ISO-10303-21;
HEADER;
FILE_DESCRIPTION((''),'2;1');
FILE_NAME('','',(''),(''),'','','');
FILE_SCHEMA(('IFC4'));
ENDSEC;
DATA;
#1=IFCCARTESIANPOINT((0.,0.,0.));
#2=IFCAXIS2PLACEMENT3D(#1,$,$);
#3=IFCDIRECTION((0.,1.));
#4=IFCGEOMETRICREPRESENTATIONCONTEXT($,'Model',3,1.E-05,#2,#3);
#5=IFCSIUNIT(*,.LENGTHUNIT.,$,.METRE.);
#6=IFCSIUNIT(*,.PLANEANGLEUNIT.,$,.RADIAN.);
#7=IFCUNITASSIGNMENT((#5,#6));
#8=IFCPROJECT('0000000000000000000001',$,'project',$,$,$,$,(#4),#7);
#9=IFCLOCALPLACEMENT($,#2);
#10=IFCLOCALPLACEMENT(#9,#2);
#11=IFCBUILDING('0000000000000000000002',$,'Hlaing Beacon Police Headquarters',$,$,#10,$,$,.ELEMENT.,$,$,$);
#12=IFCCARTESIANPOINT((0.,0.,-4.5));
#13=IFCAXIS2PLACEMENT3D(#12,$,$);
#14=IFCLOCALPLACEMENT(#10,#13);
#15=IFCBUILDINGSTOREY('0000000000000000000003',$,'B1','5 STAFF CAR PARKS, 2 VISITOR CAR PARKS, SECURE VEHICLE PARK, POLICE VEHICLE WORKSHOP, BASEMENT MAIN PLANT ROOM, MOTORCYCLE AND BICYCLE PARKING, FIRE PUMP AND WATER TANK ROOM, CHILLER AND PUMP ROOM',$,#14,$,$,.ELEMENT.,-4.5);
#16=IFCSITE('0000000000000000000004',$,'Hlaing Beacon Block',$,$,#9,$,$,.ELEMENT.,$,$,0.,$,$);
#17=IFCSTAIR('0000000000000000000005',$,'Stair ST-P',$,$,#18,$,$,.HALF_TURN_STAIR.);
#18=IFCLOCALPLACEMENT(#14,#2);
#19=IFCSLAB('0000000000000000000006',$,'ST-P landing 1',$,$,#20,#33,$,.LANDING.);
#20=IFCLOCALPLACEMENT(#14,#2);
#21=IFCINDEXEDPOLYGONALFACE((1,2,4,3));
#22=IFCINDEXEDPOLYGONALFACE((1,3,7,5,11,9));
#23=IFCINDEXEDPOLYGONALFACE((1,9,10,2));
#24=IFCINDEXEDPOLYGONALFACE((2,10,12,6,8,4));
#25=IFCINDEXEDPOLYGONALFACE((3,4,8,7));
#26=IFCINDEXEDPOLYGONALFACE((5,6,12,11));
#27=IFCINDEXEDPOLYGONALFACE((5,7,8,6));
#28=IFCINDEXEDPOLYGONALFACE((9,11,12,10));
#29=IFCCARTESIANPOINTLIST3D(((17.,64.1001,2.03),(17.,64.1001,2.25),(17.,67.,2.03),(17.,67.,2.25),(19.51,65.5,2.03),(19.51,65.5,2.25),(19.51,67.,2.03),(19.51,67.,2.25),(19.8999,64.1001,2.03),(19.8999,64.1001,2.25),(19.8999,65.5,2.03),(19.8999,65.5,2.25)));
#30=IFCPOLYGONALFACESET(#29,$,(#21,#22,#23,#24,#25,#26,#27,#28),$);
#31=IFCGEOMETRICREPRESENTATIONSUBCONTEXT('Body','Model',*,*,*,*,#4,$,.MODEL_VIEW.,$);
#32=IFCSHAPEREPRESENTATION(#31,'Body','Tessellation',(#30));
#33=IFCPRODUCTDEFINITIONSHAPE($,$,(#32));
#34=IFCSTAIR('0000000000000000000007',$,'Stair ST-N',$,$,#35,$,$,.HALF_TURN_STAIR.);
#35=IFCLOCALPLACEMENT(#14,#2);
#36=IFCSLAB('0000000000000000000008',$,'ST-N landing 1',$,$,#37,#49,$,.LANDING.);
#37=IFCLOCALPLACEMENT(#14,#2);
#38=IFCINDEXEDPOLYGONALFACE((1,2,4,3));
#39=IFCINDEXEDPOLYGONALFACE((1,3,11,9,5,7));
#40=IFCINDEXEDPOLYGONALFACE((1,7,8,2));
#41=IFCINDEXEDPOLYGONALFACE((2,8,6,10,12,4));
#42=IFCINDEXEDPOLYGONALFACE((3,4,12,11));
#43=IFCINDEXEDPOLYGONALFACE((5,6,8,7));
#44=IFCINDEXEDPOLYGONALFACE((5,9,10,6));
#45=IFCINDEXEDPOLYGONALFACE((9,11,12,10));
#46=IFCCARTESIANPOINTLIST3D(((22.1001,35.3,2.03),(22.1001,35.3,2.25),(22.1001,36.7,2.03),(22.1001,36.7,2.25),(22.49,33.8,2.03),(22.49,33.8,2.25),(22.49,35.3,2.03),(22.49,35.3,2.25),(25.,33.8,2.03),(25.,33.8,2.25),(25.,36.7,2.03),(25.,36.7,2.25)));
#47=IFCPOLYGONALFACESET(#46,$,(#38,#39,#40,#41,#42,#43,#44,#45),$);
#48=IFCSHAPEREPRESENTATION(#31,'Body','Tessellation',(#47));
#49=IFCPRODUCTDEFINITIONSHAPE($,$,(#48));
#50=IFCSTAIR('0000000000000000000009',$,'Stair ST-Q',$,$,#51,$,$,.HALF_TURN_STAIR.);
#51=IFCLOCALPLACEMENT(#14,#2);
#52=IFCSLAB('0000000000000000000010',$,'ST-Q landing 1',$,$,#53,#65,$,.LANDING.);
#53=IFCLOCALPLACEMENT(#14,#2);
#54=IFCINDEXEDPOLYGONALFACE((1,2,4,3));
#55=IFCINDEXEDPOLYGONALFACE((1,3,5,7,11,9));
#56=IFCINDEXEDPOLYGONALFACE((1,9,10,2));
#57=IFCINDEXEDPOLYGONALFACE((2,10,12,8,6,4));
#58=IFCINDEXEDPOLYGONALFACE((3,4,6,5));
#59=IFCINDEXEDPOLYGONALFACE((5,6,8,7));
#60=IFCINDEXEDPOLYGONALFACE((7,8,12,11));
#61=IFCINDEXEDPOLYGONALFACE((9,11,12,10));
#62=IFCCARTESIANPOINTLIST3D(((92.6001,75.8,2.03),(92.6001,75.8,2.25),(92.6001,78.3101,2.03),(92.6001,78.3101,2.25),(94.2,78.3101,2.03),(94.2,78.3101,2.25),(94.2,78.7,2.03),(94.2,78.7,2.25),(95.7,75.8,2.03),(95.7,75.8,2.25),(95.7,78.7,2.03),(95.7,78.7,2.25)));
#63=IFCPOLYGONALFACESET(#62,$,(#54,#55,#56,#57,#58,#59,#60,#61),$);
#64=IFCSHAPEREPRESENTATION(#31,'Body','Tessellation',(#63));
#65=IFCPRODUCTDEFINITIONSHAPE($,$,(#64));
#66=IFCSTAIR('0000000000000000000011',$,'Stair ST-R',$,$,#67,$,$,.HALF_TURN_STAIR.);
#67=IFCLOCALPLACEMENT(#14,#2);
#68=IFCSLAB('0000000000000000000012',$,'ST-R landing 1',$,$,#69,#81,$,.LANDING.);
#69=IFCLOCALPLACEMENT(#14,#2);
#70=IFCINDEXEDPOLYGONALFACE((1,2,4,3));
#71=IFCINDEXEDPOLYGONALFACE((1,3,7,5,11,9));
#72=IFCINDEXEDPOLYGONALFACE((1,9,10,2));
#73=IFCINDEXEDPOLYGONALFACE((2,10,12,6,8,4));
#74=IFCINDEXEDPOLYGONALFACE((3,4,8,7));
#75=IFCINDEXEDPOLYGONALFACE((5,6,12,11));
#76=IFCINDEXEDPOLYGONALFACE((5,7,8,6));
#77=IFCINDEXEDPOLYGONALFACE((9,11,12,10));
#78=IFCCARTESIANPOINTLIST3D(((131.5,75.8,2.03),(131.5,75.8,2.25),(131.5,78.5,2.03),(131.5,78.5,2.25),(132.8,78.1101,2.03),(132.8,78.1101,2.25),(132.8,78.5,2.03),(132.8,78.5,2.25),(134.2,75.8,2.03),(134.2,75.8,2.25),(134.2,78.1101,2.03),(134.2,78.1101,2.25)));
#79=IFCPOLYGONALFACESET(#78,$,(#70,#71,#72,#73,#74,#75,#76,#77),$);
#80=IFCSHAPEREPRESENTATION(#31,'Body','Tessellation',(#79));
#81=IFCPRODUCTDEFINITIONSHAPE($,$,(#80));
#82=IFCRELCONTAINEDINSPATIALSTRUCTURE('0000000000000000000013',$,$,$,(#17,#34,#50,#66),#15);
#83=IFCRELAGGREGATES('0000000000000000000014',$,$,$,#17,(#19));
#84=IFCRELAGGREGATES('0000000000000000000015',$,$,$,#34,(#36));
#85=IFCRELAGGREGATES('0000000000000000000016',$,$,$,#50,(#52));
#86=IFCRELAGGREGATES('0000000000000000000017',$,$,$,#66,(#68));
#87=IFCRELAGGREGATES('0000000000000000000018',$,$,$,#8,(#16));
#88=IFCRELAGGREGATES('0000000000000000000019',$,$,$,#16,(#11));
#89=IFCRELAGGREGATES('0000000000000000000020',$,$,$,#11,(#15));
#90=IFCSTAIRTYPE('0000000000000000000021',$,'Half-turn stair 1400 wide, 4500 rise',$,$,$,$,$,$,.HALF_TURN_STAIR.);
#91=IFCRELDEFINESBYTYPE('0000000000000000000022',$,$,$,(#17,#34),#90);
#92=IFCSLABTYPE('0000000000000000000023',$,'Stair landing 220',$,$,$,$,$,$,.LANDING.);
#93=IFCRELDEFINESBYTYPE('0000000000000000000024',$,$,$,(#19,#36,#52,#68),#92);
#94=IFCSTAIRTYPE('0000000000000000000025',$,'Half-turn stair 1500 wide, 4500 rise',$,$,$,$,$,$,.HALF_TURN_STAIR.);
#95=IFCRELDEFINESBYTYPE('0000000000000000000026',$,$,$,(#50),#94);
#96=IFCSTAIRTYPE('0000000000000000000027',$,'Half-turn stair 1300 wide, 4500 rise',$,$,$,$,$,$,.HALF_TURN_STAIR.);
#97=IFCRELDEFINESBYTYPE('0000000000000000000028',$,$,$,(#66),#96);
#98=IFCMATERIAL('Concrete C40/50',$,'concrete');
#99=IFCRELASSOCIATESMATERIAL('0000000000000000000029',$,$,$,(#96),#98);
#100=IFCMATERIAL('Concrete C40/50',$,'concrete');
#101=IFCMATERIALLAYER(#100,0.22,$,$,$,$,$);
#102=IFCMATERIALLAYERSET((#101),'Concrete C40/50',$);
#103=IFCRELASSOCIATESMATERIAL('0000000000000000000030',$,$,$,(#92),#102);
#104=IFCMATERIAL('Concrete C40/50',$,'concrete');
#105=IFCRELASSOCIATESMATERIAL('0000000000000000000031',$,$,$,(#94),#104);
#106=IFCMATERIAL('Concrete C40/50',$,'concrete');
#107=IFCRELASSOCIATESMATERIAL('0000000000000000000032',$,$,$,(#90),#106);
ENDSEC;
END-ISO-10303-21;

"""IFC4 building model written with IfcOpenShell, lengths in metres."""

from ifc_helpers import new_model, si_unit, direction, frame, origin, place, context, subcontext, project, spatial, polyline, outline, extrude, material, layer, layer_set, type_object, element, aggregate, save


model = new_model("IFC4")

# Units and contexts
model_context = context("Model", 3, precision=1e-05, world=origin(), true_north=direction((0.0, 1.0)))
body_context = subcontext(model_context, "Body", "Model", "MODEL_VIEW")
ifc_project = project(units=[si_unit("LENGTHUNIT", "METRE"), si_unit("PLANEANGLEUNIT", "RADIAN")], contexts=[model_context])

# Site, building, storey
site_placement = place(None, origin())
site = spatial("IfcSite", under=ifc_project, at=site_placement, Name="Hlaing Beacon Block", CompositionType="ELEMENT", RefElevation=0.0)
building_placement = place(site_placement, origin())
building = spatial("IfcBuilding", under=site, at=building_placement, Name="Hlaing Beacon Police Headquarters", CompositionType="ELEMENT")
storey_placement = place(building_placement, frame((0.0, 0.0, -4.5)))
storey = spatial("IfcBuildingStorey", under=building, at=storey_placement, Name="B1", Description="5 STAFF CAR PARKS, 2 VISITOR CAR PARKS, SECURE VEHICLE PARK, POLICE VEHICLE WORKSHOP, BASEMENT MAIN PLANT ROOM, MOTORCYCLE AND BICYCLE PARKING, FIRE PUMP AND WATER TANK ROOM, CHILLER AND PUMP ROOM", CompositionType="ELEMENT", Elevation=-4.5)

# Stairs, slabs
ifc_material_1 = material(Name="Concrete C40/50", Category="concrete")
stair_type_1 = type_object("IfcStairType", Name="Half-turn stair 1300 wide, 4500 rise", PredefinedType="HALF_TURN_STAIR", material=ifc_material_1)
ifc_material_2 = material(Name="Concrete C40/50", Category="concrete")
ifc_layer_1 = layer(ifc_material_2, 0.22)
ifc_layer_set_1 = layer_set([ifc_layer_1], Name="Concrete C40/50")
slab_type_1 = type_object("IfcSlabType", Name="Stair landing 220", PredefinedType="LANDING", material=ifc_layer_set_1)
ifc_material_3 = material(Name="Concrete C40/50", Category="concrete")
stair_type_2 = type_object("IfcStairType", Name="Half-turn stair 1500 wide, 4500 rise", PredefinedType="HALF_TURN_STAIR", material=ifc_material_3)
ifc_material_4 = material(Name="Concrete C40/50", Category="concrete")
stair_type_3 = type_object("IfcStairType", Name="Half-turn stair 1400 wide, 4500 rise", PredefinedType="HALF_TURN_STAIR", material=ifc_material_4)
stair_1_placement = place(storey_placement, origin())
stair_1 = element("IfcStair", 1, at=stair_1_placement, inside=storey, type_object=stair_type_3, Name="Stair ST-P", PredefinedType="HALF_TURN_STAIR")
slab_1_placement = place(storey_placement, frame((0.0, 0.0, 2.03)))
slab_1 = element("IfcSlab", 2, at=slab_1_placement, type_object=slab_type_1, Name="ST-P landing 1", PredefinedType="LANDING", context=body_context, shape_type="SweptSolid", body=[
    extrude(outline(polyline([(19.51, 67.0), (17.0, 67.0), (17.0, 64.1001), (19.8999, 64.1001), (19.8999, 65.5), (19.51, 65.5), (19.51, 67.0)])), origin(), (0.0, 0.0, 1.0), 0.22),
])
aggregate(stair_1, [slab_1])
stair_2_placement = place(storey_placement, origin())
stair_2 = element("IfcStair", 3, at=stair_2_placement, inside=storey, type_object=stair_type_3, Name="Stair ST-N", PredefinedType="HALF_TURN_STAIR")
slab_2_placement = place(storey_placement, frame((0.0, 0.0, 2.03)))
slab_2 = element("IfcSlab", 4, at=slab_2_placement, type_object=slab_type_1, Name="ST-N landing 1", PredefinedType="LANDING", context=body_context, shape_type="SweptSolid", body=[
    extrude(outline(polyline([(22.49, 33.8), (25.0, 33.8), (25.0, 36.7), (22.1001, 36.7), (22.1001, 35.3), (22.49, 35.3), (22.49, 33.8)])), origin(), (0.0, 0.0, 1.0), 0.22),
])
aggregate(stair_2, [slab_2])
stair_3_placement = place(storey_placement, origin())
stair_3 = element("IfcStair", 5, at=stair_3_placement, inside=storey, type_object=stair_type_2, Name="Stair ST-Q", PredefinedType="HALF_TURN_STAIR")
slab_3_placement = place(storey_placement, frame((0.0, 0.0, 2.03)))
slab_3 = element("IfcSlab", 6, at=slab_3_placement, type_object=slab_type_1, Name="ST-Q landing 1", PredefinedType="LANDING", context=body_context, shape_type="SweptSolid", body=[
    extrude(outline(polyline([(92.6001, 78.3101), (92.6001, 75.8), (95.7, 75.8), (95.7, 78.7), (94.2, 78.7), (94.2, 78.3101), (92.6001, 78.3101)])), origin(), (0.0, 0.0, 1.0), 0.22),
])
aggregate(stair_3, [slab_3])
stair_4_placement = place(storey_placement, origin())
stair_4 = element("IfcStair", 7, at=stair_4_placement, inside=storey, type_object=stair_type_1, Name="Stair ST-R", PredefinedType="HALF_TURN_STAIR")
slab_4_placement = place(storey_placement, frame((0.0, 0.0, 2.03)))
slab_4 = element("IfcSlab", 8, at=slab_4_placement, type_object=slab_type_1, Name="ST-R landing 1", PredefinedType="LANDING", context=body_context, shape_type="SweptSolid", body=[
    extrude(outline(polyline([(134.2, 78.1101), (134.2, 75.8), (131.5, 75.8), (131.5, 78.5), (132.8, 78.5), (132.8, 78.1101), (134.2, 78.1101)])), origin(), (0.0, 0.0, 1.0), 0.22),
])
aggregate(stair_4, [slab_4])

save(model, "model.ifc")
